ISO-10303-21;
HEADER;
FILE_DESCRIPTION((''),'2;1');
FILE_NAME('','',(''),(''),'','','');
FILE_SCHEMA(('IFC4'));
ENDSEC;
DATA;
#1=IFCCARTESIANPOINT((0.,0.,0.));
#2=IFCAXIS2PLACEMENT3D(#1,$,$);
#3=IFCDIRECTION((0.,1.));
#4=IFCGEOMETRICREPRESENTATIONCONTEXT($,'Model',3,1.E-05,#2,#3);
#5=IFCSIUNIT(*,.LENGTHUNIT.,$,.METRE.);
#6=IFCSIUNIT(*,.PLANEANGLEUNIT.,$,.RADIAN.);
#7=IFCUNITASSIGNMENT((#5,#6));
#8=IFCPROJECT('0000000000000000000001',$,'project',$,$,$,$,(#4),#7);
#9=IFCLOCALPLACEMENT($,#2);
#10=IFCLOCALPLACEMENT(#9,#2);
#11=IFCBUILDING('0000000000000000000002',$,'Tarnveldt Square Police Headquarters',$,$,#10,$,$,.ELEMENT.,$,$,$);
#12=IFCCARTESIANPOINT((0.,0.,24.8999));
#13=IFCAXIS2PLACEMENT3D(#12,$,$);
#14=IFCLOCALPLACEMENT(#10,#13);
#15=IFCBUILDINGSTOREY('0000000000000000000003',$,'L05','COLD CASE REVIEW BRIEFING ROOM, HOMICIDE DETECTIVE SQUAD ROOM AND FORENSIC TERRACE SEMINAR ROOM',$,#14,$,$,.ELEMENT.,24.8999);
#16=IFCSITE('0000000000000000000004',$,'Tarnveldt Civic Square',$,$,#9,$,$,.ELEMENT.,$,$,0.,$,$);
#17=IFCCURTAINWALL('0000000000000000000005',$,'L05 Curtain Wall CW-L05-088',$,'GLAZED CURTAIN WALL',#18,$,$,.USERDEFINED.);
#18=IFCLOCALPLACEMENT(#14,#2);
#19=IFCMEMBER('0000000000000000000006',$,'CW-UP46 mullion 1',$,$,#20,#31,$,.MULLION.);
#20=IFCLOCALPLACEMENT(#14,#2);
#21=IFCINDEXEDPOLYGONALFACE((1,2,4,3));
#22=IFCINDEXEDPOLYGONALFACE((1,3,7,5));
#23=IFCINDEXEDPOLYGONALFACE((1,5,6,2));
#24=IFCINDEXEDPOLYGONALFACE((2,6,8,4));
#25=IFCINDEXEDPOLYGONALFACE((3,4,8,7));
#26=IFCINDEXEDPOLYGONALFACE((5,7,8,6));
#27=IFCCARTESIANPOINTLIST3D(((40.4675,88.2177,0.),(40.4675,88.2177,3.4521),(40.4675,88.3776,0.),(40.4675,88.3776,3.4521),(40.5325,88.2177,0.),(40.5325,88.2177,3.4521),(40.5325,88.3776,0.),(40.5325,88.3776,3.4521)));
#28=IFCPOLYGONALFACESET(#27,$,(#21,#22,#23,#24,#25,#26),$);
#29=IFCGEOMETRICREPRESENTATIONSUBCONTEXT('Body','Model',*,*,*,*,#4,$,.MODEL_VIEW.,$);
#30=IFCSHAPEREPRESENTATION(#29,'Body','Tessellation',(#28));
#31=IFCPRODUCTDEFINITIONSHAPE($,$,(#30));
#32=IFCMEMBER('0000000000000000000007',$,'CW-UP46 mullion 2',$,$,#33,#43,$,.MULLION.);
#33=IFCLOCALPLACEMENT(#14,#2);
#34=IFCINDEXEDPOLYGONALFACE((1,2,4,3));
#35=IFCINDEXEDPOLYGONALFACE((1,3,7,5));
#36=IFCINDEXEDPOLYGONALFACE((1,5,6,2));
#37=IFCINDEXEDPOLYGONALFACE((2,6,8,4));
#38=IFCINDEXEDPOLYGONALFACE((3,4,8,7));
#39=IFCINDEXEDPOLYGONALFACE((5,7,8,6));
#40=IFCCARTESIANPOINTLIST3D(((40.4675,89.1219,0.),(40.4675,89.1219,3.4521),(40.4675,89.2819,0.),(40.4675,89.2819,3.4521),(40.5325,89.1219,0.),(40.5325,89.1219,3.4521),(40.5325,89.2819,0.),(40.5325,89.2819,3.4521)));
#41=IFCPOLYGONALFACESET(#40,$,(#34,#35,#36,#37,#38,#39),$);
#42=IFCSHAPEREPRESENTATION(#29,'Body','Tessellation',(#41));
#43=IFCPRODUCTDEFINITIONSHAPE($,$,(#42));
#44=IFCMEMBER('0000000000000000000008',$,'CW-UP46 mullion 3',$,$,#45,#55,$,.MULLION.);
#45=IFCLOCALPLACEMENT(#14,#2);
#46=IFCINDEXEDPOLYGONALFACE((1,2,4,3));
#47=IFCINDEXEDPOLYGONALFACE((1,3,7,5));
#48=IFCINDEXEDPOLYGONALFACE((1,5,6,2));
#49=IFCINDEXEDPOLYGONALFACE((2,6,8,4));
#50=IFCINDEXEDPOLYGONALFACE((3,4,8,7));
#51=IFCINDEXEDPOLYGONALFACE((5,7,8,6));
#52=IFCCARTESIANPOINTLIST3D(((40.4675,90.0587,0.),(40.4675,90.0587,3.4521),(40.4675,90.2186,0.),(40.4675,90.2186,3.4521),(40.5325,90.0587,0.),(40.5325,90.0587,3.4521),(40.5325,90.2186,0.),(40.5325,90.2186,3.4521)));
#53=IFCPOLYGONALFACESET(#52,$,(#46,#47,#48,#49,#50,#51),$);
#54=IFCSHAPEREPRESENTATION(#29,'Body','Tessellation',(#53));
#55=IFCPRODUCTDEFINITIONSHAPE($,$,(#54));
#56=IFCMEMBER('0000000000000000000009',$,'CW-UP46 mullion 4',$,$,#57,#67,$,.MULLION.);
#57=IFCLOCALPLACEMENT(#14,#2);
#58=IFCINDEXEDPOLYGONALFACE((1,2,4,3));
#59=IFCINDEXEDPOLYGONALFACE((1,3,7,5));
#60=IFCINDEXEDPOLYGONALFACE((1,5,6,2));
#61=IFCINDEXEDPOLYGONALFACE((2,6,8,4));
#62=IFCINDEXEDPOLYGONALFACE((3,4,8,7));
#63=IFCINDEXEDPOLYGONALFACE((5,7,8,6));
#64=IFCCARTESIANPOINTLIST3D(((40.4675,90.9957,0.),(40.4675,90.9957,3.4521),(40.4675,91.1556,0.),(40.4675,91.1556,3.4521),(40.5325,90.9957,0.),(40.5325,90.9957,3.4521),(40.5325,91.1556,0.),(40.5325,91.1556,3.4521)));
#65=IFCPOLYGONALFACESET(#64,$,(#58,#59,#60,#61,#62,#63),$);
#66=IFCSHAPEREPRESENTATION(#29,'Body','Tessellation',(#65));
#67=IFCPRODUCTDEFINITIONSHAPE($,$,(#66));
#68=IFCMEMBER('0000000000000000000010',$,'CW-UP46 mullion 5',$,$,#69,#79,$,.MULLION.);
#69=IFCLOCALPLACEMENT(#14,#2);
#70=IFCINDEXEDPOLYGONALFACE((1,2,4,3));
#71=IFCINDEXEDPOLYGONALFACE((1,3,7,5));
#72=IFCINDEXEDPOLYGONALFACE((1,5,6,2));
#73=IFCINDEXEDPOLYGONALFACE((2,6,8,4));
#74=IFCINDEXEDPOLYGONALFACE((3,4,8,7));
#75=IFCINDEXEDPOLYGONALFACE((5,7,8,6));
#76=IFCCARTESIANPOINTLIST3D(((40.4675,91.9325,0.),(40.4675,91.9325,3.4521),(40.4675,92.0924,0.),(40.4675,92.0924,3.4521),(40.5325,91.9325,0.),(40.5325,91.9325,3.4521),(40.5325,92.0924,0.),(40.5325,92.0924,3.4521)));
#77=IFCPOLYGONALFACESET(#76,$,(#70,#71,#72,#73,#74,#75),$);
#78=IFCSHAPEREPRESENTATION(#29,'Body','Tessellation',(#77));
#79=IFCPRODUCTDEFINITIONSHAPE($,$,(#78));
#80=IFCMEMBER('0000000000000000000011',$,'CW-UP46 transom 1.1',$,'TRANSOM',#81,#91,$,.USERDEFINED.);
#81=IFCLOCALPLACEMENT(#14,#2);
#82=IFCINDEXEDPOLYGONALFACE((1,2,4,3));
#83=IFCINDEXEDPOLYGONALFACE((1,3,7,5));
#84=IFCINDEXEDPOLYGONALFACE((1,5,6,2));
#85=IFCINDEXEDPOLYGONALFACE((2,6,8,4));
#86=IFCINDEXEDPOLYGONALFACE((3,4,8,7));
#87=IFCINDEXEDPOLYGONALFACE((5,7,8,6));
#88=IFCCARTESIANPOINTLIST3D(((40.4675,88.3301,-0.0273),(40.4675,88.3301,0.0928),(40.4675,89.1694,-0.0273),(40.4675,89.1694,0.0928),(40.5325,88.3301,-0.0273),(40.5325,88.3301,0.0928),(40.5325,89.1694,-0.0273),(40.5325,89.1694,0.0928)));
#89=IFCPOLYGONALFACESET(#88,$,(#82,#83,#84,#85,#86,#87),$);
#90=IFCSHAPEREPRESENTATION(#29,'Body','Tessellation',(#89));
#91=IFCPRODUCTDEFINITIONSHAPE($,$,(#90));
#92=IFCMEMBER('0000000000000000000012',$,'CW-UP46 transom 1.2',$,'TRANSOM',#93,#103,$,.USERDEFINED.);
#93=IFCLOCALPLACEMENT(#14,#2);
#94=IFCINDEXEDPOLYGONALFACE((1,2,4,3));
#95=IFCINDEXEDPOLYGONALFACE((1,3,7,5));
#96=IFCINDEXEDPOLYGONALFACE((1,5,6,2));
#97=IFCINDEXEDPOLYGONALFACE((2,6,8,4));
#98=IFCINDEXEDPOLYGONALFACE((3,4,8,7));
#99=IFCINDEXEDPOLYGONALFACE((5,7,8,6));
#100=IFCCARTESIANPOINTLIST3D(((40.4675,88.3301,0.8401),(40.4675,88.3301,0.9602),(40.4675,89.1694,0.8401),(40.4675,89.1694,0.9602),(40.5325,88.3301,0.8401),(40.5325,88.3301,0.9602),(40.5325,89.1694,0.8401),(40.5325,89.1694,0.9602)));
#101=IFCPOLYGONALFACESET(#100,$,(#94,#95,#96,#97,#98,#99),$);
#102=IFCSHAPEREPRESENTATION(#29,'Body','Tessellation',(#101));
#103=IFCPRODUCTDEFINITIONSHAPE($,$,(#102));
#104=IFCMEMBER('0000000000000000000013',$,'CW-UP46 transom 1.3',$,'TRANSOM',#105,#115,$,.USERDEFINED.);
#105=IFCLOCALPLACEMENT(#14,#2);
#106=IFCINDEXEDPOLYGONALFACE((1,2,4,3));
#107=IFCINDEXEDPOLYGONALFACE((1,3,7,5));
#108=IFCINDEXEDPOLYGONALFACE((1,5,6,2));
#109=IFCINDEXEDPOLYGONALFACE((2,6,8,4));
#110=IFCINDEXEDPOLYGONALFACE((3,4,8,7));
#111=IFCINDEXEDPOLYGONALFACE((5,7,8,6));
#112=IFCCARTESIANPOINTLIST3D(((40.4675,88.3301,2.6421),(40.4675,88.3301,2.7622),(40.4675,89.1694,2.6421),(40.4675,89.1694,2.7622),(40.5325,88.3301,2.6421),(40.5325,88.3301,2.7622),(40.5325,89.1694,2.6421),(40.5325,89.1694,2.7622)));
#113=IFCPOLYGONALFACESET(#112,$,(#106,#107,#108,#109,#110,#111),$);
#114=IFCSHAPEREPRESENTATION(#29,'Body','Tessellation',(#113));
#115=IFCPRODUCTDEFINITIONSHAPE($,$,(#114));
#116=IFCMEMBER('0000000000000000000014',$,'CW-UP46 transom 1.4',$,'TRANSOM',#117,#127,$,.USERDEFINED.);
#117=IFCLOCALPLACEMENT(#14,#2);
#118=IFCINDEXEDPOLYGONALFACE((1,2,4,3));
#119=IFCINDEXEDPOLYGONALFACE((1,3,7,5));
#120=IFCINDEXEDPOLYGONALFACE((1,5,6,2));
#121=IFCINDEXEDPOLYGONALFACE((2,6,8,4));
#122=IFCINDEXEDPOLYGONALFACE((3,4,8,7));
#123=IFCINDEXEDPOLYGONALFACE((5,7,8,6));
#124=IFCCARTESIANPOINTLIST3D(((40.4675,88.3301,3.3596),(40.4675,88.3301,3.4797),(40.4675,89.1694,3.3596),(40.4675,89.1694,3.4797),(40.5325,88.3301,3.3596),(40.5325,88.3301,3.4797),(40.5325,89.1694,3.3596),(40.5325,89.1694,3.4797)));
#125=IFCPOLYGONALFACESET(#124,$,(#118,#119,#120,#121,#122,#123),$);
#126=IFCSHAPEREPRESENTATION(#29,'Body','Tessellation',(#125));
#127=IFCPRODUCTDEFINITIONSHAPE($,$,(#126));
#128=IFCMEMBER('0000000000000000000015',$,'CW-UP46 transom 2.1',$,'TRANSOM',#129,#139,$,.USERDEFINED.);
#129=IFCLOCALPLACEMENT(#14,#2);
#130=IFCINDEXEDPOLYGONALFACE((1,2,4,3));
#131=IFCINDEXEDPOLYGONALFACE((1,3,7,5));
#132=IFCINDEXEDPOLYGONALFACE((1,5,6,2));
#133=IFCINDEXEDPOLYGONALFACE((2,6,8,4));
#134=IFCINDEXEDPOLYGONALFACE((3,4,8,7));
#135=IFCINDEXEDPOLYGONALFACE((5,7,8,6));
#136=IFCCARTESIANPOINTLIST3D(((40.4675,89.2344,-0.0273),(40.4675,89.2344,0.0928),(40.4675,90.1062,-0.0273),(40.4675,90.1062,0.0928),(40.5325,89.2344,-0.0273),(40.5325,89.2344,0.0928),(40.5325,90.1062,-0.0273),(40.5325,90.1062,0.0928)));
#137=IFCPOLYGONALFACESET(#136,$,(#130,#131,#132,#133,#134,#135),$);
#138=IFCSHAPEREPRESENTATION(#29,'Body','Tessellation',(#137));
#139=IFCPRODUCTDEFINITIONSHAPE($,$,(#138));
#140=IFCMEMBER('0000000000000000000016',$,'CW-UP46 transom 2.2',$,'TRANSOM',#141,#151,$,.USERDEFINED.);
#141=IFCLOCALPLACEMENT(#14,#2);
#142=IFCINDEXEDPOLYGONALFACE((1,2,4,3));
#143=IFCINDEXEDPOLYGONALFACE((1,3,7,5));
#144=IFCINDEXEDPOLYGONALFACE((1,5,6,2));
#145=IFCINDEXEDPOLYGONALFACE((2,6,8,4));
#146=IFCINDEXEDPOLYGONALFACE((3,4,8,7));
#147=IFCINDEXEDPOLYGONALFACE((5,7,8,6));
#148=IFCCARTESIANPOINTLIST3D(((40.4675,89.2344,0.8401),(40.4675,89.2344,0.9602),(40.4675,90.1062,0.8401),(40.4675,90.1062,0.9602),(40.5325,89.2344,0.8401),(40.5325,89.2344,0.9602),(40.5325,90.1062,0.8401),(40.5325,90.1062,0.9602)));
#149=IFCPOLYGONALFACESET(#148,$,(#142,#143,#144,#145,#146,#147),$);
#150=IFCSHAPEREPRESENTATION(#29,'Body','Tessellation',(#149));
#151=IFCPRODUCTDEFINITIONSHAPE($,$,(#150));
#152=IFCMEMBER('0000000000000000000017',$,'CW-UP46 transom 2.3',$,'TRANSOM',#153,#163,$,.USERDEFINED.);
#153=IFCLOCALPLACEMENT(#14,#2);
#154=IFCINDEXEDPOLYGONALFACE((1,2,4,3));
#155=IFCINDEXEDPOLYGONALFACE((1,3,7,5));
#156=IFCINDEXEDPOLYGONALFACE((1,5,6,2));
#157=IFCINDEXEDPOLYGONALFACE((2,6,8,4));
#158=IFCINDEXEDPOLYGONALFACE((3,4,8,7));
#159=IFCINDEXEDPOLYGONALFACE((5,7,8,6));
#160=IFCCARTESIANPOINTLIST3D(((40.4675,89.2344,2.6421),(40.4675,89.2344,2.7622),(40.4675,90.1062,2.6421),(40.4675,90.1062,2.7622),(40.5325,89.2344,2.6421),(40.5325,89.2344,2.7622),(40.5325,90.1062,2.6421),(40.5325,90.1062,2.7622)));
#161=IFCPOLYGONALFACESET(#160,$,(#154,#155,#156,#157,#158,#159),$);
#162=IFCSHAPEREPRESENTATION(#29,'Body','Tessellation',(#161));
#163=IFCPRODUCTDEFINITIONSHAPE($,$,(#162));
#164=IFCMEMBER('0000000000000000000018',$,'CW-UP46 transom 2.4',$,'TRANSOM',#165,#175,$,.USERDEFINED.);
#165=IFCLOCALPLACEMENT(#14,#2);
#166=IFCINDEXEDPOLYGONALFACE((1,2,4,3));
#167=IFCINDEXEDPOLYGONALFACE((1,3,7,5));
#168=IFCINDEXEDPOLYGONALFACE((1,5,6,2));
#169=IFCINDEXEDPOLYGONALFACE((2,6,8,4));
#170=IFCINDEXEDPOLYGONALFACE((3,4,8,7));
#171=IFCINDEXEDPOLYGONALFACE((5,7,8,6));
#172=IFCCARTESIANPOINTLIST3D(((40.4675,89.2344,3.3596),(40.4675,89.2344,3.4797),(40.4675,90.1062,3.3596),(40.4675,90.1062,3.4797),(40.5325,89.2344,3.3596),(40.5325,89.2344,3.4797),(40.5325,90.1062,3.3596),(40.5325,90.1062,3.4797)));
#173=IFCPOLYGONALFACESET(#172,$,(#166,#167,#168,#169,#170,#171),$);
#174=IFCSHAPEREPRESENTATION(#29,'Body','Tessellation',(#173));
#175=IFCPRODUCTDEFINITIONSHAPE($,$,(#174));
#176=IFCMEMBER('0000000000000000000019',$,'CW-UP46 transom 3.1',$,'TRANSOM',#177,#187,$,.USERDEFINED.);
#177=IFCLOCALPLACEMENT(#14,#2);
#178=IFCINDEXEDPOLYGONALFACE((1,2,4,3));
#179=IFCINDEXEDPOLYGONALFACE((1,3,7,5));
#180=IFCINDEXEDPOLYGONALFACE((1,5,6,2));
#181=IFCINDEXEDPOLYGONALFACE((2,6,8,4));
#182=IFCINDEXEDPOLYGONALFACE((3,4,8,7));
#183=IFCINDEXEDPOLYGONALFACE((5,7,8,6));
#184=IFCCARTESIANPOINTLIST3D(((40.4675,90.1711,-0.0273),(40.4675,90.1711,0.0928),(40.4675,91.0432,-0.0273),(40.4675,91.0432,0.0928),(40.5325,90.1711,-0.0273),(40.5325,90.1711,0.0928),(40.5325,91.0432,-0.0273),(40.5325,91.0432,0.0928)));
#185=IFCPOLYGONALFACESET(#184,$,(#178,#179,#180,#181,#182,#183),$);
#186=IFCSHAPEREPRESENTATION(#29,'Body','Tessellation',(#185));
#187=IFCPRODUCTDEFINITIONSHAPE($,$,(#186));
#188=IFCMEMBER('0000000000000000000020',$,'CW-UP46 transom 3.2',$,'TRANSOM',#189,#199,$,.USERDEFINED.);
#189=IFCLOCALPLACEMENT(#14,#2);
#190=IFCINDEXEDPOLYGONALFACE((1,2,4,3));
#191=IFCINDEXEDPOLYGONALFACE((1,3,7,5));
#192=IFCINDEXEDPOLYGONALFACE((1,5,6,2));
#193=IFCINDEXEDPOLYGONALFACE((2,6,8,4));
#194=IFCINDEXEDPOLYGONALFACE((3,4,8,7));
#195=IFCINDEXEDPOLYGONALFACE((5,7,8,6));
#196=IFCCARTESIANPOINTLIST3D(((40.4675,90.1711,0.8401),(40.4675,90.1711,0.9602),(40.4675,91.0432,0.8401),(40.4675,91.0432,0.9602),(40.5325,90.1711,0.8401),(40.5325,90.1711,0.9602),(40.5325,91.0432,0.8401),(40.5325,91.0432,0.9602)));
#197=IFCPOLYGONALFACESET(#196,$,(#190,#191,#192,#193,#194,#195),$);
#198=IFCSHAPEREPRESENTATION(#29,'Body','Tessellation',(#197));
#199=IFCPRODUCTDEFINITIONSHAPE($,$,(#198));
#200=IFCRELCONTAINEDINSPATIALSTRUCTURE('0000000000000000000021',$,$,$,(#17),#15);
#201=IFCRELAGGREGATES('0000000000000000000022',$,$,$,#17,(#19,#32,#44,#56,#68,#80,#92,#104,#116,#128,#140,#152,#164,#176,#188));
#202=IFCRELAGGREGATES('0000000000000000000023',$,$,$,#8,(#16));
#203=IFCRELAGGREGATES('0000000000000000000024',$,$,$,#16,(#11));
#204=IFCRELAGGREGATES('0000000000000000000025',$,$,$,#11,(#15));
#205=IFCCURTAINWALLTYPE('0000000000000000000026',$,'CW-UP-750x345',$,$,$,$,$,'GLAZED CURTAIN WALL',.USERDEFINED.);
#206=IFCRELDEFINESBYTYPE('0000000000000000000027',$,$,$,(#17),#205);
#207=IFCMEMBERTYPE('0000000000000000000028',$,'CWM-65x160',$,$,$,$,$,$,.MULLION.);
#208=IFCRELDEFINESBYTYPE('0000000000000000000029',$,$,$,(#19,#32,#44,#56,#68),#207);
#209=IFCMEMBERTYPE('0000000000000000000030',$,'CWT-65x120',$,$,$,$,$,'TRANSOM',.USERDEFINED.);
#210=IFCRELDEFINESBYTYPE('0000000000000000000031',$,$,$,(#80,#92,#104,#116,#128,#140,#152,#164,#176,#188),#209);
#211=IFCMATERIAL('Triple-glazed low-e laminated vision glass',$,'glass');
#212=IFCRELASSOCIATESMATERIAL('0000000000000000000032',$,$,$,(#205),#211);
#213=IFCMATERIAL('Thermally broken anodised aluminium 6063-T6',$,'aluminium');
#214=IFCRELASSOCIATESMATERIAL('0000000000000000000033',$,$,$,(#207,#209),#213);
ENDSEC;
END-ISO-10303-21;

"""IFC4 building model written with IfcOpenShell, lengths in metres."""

from ifc_helpers import new_model, si_unit, direction, frame, origin, origin_2d, place, context, subcontext, project, spatial, rectangle, extrude, material, material_profile, profile_set, type_object, element, aggregate, save


model = new_model("IFC4")

# Units and contexts
model_context = context("Model", 3, precision=1e-05, world=origin(), true_north=direction((0.0, 1.0)))
body_context = subcontext(model_context, "Body", "Model", "MODEL_VIEW")
ifc_project = project(units=[si_unit("LENGTHUNIT", "METRE"), si_unit("PLANEANGLEUNIT", "RADIAN")], contexts=[model_context])

# Site, building, storey
site_placement = place(None, origin())
site = spatial("IfcSite", under=ifc_project, at=site_placement, Name="Tarnveldt Civic Square", CompositionType="ELEMENT", RefElevation=0.0)
building_placement = place(site_placement, origin())
building = spatial("IfcBuilding", under=site, at=building_placement, Name="Tarnveldt Square Police Headquarters", CompositionType="ELEMENT")
storey_placement = place(building_placement, frame((0.0, 0.0, 24.8999)))
storey = spatial("IfcBuildingStorey", under=building, at=storey_placement, Name="L05", Description="COLD CASE REVIEW BRIEFING ROOM, HOMICIDE DETECTIVE SQUAD ROOM AND FORENSIC TERRACE SEMINAR ROOM", CompositionType="ELEMENT", Elevation=24.8999)

# Curtain wall, members
ifc_material_1 = material(Name="Triple-glazed low-e laminated vision glass", Category="glass")
curtain_wall_type_1 = type_object("IfcCurtainWallType", Name="CW-UP-750x345", ElementType="GLAZED CURTAIN WALL", PredefinedType="USERDEFINED", material=ifc_material_1)
curtain_wall_1_placement = place(storey_placement, origin())
curtain_wall_1 = element("IfcCurtainWall", 1, at=curtain_wall_1_placement, inside=storey, type_object=curtain_wall_type_1, Name="L05 Curtain Wall CW-L05-088", ObjectType="GLAZED CURTAIN WALL", PredefinedType="USERDEFINED")
ifc_material_2 = material(Name="Thermally broken anodised aluminium 6063-T6", Category="aluminium")
ifc_material_profile_1 = material_profile(ifc_material_2, rectangle(XDim=0.0649, YDim=0.1599, at=origin_2d()), Name="CW-M65x160")
ifc_profile_set_1 = profile_set([ifc_material_profile_1], Name="Thermally broken anodised aluminium 6063-T6")
member_type_1 = type_object("IfcMemberType", Name="CWM-65x160", PredefinedType="MULLION", material=ifc_profile_set_1)
member_1_placement = place(storey_placement, frame((40.5, 88.2976, 0.0), z_axis=(0.0, 0.0, 1.0), x_axis=(-1.0, 0.0, 0.0)))
member_1 = element("IfcMember", 2, at=member_1_placement, type_object=member_type_1, Name="CW-UP46 mullion 1", PredefinedType="MULLION", context=body_context, shape_type="SweptSolid", body=[
    extrude(rectangle(XDim=0.0649, YDim=0.1599, at=origin_2d()), origin(), (0.0, 0.0, 1.0), 3.4521),
])
member_2_placement = place(storey_placement, frame((40.5, 89.2019, 0.0), z_axis=(0.0, 0.0, 1.0), x_axis=(-1.0, 0.0, 0.0)))
member_2 = element("IfcMember", 3, at=member_2_placement, type_object=member_type_1, Name="CW-UP46 mullion 2", PredefinedType="MULLION", context=body_context, shape_type="SweptSolid", body=[
    extrude(rectangle(XDim=0.0649, YDim=0.1599, at=origin_2d()), origin(), (0.0, 0.0, 1.0), 3.4521),
])
member_3_placement = place(storey_placement, frame((40.5, 90.1387, 0.0), z_axis=(0.0, 0.0, 1.0), x_axis=(-1.0, 0.0, 0.0)))
member_3 = element("IfcMember", 4, at=member_3_placement, type_object=member_type_1, Name="CW-UP46 mullion 3", PredefinedType="MULLION", context=body_context, shape_type="SweptSolid", body=[
    extrude(rectangle(XDim=0.0649, YDim=0.1599, at=origin_2d()), origin(), (0.0, 0.0, 1.0), 3.4521),
])
member_4_placement = place(storey_placement, frame((40.5, 91.0757, 0.0), z_axis=(0.0, 0.0, 1.0), x_axis=(-1.0, 0.0, 0.0)))
member_4 = element("IfcMember", 5, at=member_4_placement, type_object=member_type_1, Name="CW-UP46 mullion 4", PredefinedType="MULLION", context=body_context, shape_type="SweptSolid", body=[
    extrude(rectangle(XDim=0.0649, YDim=0.1599, at=origin_2d()), origin(), (0.0, 0.0, 1.0), 3.4521),
])
member_5_placement = place(storey_placement, frame((40.5, 92.0125, 0.0), z_axis=(0.0, 0.0, 1.0), x_axis=(-1.0, 0.0, 0.0)))
member_5 = element("IfcMember", 6, at=member_5_placement, type_object=member_type_1, Name="CW-UP46 mullion 5", PredefinedType="MULLION", context=body_context, shape_type="SweptSolid", body=[
    extrude(rectangle(XDim=0.0649, YDim=0.1599, at=origin_2d()), origin(), (0.0, 0.0, 1.0), 3.4521),
])
ifc_material_profile_2 = material_profile(ifc_material_2, rectangle(XDim=0.0649, YDim=0.1201, at=origin_2d()), Name="CW-T65x120")
ifc_profile_set_2 = profile_set([ifc_material_profile_2], Name="Thermally broken anodised aluminium 6063-T6")
member_type_2 = type_object("IfcMemberType", Name="CWT-65x120", ElementType="TRANSOM", PredefinedType="USERDEFINED", material=ifc_profile_set_2)
member_6_placement = place(storey_placement, frame((40.5, 88.3301, 0.0327), z_axis=(0.0, 1.0, 0.0), x_axis=(-1.0, 0.0, 0.0)))
member_6 = element("IfcMember", 7, at=member_6_placement, type_object=member_type_2, Name="CW-UP46 transom 1.1", ObjectType="TRANSOM", PredefinedType="USERDEFINED", context=body_context, shape_type="SweptSolid", body=[
    extrude(rectangle(XDim=0.0649, YDim=0.1201, at=origin_2d()), origin(), (0.0, 0.0, 1.0), 0.8394),
])
member_7_placement = place(storey_placement, frame((40.5, 88.3301, 0.9001), z_axis=(0.0, 1.0, 0.0), x_axis=(-1.0, 0.0, 0.0)))
member_7 = element("IfcMember", 8, at=member_7_placement, type_object=member_type_2, Name="CW-UP46 transom 1.2", ObjectType="TRANSOM", PredefinedType="USERDEFINED", context=body_context, shape_type="SweptSolid", body=[
    extrude(rectangle(XDim=0.0649, YDim=0.1201, at=origin_2d()), origin(), (0.0, 0.0, 1.0), 0.8394),
])
member_8_placement = place(storey_placement, frame((40.5, 88.3301, 2.7021), z_axis=(0.0, 1.0, 0.0), x_axis=(-1.0, 0.0, 0.0)))
member_8 = element("IfcMember", 9, at=member_8_placement, type_object=member_type_2, Name="CW-UP46 transom 1.3", ObjectType="TRANSOM", PredefinedType="USERDEFINED", context=body_context, shape_type="SweptSolid", body=[
    extrude(rectangle(XDim=0.0649, YDim=0.1201, at=origin_2d()), origin(), (0.0, 0.0, 1.0), 0.8394),
])
member_9_placement = place(storey_placement, frame((40.5, 88.3301, 3.4197), z_axis=(0.0, 1.0, 0.0), x_axis=(-1.0, 0.0, 0.0)))
member_9 = element("IfcMember", 10, at=member_9_placement, type_object=member_type_2, Name="CW-UP46 transom 1.4", ObjectType="TRANSOM", PredefinedType="USERDEFINED", context=body_context, shape_type="SweptSolid", body=[
    extrude(rectangle(XDim=0.0649, YDim=0.1201, at=origin_2d()), origin(), (0.0, 0.0, 1.0), 0.8394),
])
member_10_placement = place(storey_placement, frame((40.5, 89.2344, 0.0327), z_axis=(0.0, 1.0, 0.0), x_axis=(-1.0, 0.0, 0.0)))
member_10 = element("IfcMember", 11, at=member_10_placement, type_object=member_type_2, Name="CW-UP46 transom 2.1", ObjectType="TRANSOM", PredefinedType="USERDEFINED", context=body_context, shape_type="SweptSolid", body=[
    extrude(rectangle(XDim=0.0649, YDim=0.1201, at=origin_2d()), origin(), (0.0, 0.0, 1.0), 0.8718),
])
member_11_placement = place(storey_placement, frame((40.5, 89.2344, 0.9001), z_axis=(0.0, 1.0, 0.0), x_axis=(-1.0, 0.0, 0.0)))
member_11 = element("IfcMember", 12, at=member_11_placement, type_object=member_type_2, Name="CW-UP46 transom 2.2", ObjectType="TRANSOM", PredefinedType="USERDEFINED", context=body_context, shape_type="SweptSolid", body=[
    extrude(rectangle(XDim=0.0649, YDim=0.1201, at=origin_2d()), origin(), (0.0, 0.0, 1.0), 0.8718),
])
member_12_placement = place(storey_placement, frame((40.5, 89.2344, 2.7021), z_axis=(0.0, 1.0, 0.0), x_axis=(-1.0, 0.0, 0.0)))
member_12 = element("IfcMember", 13, at=member_12_placement, type_object=member_type_2, Name="CW-UP46 transom 2.3", ObjectType="TRANSOM", PredefinedType="USERDEFINED", context=body_context, shape_type="SweptSolid", body=[
    extrude(rectangle(XDim=0.0649, YDim=0.1201, at=origin_2d()), origin(), (0.0, 0.0, 1.0), 0.8718),
])
member_13_placement = place(storey_placement, frame((40.5, 89.2344, 3.4197), z_axis=(0.0, 1.0, 0.0), x_axis=(-1.0, 0.0, 0.0)))
member_13 = element("IfcMember", 14, at=member_13_placement, type_object=member_type_2, Name="CW-UP46 transom 2.4", ObjectType="TRANSOM", PredefinedType="USERDEFINED", context=body_context, shape_type="SweptSolid", body=[
    extrude(rectangle(XDim=0.0649, YDim=0.1201, at=origin_2d()), origin(), (0.0, 0.0, 1.0), 0.8718),
])
member_14_placement = place(storey_placement, frame((40.5, 90.1711, 0.0327), z_axis=(0.0, 1.0, 0.0), x_axis=(-1.0, 0.0, 0.0)))
member_14 = element("IfcMember", 15, at=member_14_placement, type_object=member_type_2, Name="CW-UP46 transom 3.1", ObjectType="TRANSOM", PredefinedType="USERDEFINED", context=body_context, shape_type="SweptSolid", body=[
    extrude(rectangle(XDim=0.0649, YDim=0.1201, at=origin_2d()), origin(), (0.0, 0.0, 1.0), 0.8721),
])
member_15_placement = place(storey_placement, frame((40.5, 90.1711, 0.9001), z_axis=(0.0, 1.0, 0.0), x_axis=(-1.0, 0.0, 0.0)))
member_15 = element("IfcMember", 16, at=member_15_placement, type_object=member_type_2, Name="CW-UP46 transom 3.2", ObjectType="TRANSOM", PredefinedType="USERDEFINED", context=body_context, shape_type="SweptSolid", body=[
    extrude(rectangle(XDim=0.0649, YDim=0.1201, at=origin_2d()), origin(), (0.0, 0.0, 1.0), 0.8721),
])

aggregate(curtain_wall_1, [member_1, member_2, member_3, member_4, member_5, member_6, member_7, member_8, member_9, member_10, member_11, member_12, member_13, member_14, member_15])

save(model, "model.ifc")
